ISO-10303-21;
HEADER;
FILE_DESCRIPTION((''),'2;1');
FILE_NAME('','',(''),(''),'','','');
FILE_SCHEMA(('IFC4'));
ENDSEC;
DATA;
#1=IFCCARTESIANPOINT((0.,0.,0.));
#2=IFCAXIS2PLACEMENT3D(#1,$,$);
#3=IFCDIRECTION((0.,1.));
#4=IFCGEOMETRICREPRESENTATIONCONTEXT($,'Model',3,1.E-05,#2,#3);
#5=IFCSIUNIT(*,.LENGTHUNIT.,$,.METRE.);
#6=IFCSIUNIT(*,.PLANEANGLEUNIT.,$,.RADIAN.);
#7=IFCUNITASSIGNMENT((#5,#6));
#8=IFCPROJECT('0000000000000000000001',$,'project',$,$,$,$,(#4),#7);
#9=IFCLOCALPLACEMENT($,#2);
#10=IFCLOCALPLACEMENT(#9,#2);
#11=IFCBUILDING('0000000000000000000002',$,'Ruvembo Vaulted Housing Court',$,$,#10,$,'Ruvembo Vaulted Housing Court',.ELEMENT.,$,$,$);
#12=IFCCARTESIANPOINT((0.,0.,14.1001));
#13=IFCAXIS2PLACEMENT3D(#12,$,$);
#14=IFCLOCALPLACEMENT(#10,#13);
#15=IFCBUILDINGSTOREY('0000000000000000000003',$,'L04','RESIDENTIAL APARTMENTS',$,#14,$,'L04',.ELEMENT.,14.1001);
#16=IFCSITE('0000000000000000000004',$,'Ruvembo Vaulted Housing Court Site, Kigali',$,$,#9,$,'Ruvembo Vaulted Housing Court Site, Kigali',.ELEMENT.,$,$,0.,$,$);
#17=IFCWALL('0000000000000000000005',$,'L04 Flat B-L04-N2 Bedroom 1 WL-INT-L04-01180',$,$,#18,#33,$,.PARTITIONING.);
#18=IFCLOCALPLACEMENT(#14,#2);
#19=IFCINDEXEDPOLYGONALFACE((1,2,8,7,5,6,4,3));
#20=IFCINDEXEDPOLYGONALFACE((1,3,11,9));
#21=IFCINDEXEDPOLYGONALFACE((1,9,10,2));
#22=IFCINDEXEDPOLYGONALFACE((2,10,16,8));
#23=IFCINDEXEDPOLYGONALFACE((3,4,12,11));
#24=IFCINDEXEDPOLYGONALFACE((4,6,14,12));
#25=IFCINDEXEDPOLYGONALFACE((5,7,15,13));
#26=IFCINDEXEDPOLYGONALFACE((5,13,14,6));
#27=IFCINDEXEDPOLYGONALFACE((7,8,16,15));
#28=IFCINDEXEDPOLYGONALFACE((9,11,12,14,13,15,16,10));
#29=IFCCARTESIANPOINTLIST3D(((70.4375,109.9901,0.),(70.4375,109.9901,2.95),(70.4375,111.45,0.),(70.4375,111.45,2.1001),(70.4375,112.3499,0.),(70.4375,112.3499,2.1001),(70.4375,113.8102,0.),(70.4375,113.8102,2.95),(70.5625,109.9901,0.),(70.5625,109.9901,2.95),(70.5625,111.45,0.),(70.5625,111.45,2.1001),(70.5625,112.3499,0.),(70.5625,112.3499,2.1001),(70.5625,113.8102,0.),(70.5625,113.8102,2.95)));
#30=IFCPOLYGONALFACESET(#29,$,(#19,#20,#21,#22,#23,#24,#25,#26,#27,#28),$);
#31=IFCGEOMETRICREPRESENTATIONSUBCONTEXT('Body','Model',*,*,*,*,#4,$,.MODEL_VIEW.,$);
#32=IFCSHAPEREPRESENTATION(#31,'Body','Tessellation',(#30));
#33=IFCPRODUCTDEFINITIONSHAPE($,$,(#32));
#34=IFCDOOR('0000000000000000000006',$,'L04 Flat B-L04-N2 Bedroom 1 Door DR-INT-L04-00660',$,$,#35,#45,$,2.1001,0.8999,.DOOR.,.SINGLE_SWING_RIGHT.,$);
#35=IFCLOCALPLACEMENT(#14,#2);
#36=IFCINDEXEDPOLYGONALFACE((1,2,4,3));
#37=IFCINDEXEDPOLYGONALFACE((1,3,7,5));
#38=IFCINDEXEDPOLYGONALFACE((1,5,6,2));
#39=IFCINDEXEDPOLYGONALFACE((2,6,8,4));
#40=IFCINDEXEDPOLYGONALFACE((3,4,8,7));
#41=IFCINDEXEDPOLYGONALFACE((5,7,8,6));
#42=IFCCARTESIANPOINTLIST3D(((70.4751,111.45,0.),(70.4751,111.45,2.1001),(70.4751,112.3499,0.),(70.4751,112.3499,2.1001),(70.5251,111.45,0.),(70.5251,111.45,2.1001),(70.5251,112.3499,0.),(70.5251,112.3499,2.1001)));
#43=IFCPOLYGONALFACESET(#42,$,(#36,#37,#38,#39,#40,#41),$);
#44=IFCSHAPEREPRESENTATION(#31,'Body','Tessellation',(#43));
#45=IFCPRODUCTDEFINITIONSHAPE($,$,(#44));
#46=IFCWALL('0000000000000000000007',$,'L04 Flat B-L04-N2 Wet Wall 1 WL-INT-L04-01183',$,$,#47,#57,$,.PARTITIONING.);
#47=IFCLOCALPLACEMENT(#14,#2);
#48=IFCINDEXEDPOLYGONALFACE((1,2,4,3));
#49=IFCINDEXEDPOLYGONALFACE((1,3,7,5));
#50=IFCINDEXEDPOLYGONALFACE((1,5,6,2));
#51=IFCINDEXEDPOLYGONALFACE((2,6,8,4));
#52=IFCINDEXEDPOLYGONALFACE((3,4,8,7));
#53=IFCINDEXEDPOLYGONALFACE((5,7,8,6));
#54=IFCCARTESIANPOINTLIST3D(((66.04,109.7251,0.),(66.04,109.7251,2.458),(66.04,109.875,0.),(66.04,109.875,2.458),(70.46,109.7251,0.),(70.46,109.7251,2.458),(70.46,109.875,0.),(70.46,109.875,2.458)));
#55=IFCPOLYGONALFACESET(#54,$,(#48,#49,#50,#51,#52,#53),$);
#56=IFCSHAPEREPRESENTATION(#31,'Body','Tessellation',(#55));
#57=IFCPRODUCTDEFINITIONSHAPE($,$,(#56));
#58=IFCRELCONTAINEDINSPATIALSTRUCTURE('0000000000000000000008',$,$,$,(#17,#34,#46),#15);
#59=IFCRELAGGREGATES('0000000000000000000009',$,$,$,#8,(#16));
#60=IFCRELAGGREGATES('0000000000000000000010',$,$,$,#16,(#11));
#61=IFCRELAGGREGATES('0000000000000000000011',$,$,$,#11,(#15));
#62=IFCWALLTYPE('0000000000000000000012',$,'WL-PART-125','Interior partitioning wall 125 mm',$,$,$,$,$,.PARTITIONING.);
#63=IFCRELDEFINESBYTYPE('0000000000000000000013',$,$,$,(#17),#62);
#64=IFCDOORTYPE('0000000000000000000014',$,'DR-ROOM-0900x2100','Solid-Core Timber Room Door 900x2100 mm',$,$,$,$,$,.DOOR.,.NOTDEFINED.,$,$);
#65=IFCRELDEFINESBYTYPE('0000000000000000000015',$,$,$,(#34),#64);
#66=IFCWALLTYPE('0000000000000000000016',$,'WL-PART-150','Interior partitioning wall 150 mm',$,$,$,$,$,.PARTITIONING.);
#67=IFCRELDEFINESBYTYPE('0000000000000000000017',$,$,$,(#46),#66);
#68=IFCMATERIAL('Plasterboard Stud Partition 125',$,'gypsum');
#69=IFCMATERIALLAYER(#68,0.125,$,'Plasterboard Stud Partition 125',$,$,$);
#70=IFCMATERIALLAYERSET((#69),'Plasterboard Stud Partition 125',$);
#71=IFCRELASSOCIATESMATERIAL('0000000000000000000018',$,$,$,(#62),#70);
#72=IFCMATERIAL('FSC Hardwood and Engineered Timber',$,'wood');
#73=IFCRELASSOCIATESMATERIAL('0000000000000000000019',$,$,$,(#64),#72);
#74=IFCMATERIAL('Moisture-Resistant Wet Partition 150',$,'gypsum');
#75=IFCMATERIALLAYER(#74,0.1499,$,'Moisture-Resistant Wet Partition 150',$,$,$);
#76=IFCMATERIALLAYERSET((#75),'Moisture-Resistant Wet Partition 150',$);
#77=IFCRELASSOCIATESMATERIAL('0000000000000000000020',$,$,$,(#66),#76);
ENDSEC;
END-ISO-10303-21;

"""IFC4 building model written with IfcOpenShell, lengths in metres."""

from ifc_helpers import new_model, si_unit, direction, frame, frame_2d, origin, place, context, subcontext, project, spatial, rectangle, extrude, material, layer, layer_set, type_object, element, fill, save


model = new_model("IFC4")

# Units and contexts
model_context = context("Model", 3, precision=1e-05, world=origin(), true_north=direction((0.0, 1.0)))
body_context = subcontext(model_context, "Body", "Model", "MODEL_VIEW")
ifc_project = project(units=[si_unit("LENGTHUNIT", "METRE"), si_unit("PLANEANGLEUNIT", "RADIAN")], contexts=[model_context])

# Site, building, storey
site_placement = place(None, origin())
site = spatial("IfcSite", under=ifc_project, at=site_placement, Name="Ruvembo Vaulted Housing Court Site, Kigali", LongName="Ruvembo Vaulted Housing Court Site, Kigali", CompositionType="ELEMENT", RefElevation=0.0)
building_placement = place(site_placement, origin())
building = spatial("IfcBuilding", under=site, at=building_placement, Name="Ruvembo Vaulted Housing Court", LongName="Ruvembo Vaulted Housing Court", CompositionType="ELEMENT")
storey_placement = place(building_placement, frame((0.0, 0.0, 14.1001)))
storey = spatial("IfcBuildingStorey", under=building, at=storey_placement, Name="L04", Description="RESIDENTIAL APARTMENTS", LongName="L04", CompositionType="ELEMENT", Elevation=14.1001)

# Wall, opening, door
ifc_material_1 = material(Name="Plasterboard Stud Partition 125", Category="gypsum")
ifc_layer_1 = layer(ifc_material_1, 0.125, Name="Plasterboard Stud Partition 125")
ifc_layer_set_1 = layer_set([ifc_layer_1], Name="Plasterboard Stud Partition 125")
wall_type_1 = type_object("IfcWallType", Name="WL-PART-125", Description="Interior partitioning wall 125 mm", PredefinedType="PARTITIONING", material=ifc_layer_set_1)
wall_1_placement = place(storey_placement, frame((70.5, 109.99, 0.0), z_axis=(0.0, 0.0, 1.0), x_axis=(0.0, 1.0, 0.0)))
wall_1 = element("IfcWall", 1, at=wall_1_placement, inside=storey, type_object=wall_type_1, Name="L04 Flat B-L04-N2 Bedroom 1 WL-INT-L04-01180", PredefinedType="PARTITIONING", context=body_context, shape_type="SweptSolid", body=[
    extrude(rectangle(XDim=3.8201, YDim=0.125, at=frame_2d((1.9102, 0.0))), origin(), (0.0, 0.0, 1.0), 2.95),
])
opening_1_placement = place(wall_1_placement, frame((1.46, 0.0, 0.0)))
opening_1 = element("IfcOpeningElement", 2, at=opening_1_placement, cuts=wall_1, PredefinedType="OPENING", context=body_context, shape_type="SweptSolid", body=[
    extrude(rectangle(XDim=0.8999, YDim=2.1001, at=frame_2d((0.45, 1.05))), frame((0.0, 0.0725, 0.0), z_axis=(0.0, -1.0, 0.0), x_axis=(1.0, 0.0, 0.0)), (0.0, 0.0, 1.0), 0.145),
])
ifc_material_2 = material(Name="FSC Hardwood and Engineered Timber", Category="wood")
door_type = type_object("IfcDoorType", Name="DR-ROOM-0900x2100", Description="Solid-Core Timber Room Door 900x2100 mm", OperationType="NOTDEFINED", PredefinedType="DOOR", material=ifc_material_2)
door_placement = place(opening_1_placement, origin())
door = element("IfcDoor", 3, at=door_placement, inside=storey, type_object=door_type, Name="L04 Flat B-L04-N2 Bedroom 1 Door DR-INT-L04-00660", OperationType="SINGLE_SWING_RIGHT", OverallHeight=2.1001, OverallWidth=0.8999, PredefinedType="DOOR", context=body_context, shape_type="SweptSolid", body=[
    extrude(rectangle(XDim=0.8999, YDim=2.1001, at=frame_2d((0.45, 1.05))), frame((0.0, 0.0249, 0.0), z_axis=(0.0, -1.0, 0.0), x_axis=(1.0, 0.0, 0.0)), (0.0, 0.0, 1.0), 0.05),
])
fill(opening_1, door)

# Wall
ifc_material_3 = material(Name="Moisture-Resistant Wet Partition 150", Category="gypsum")
ifc_layer_2 = layer(ifc_material_3, 0.1499, Name="Moisture-Resistant Wet Partition 150")
ifc_layer_set_2 = layer_set([ifc_layer_2], Name="Moisture-Resistant Wet Partition 150")
wall_type_2 = type_object("IfcWallType", Name="WL-PART-150", Description="Interior partitioning wall 150 mm", PredefinedType="PARTITIONING", material=ifc_layer_set_2)
wall_2_placement = place(storey_placement, frame((66.04, 109.8, 0.0), z_axis=(0.0, 0.0, 1.0), x_axis=(1.0, 0.0, 0.0)))
element("IfcWall", 4, at=wall_2_placement, inside=storey, type_object=wall_type_2, Name="L04 Flat B-L04-N2 Wet Wall 1 WL-INT-L04-01183", PredefinedType="PARTITIONING", context=body_context, shape_type="SweptSolid", body=[
    extrude(rectangle(XDim=4.4199, YDim=0.1499, at=frame_2d((2.21, 0.0))), origin(), (0.0, 0.0, 1.0), 2.458),
])

save(model, "model.ifc")
